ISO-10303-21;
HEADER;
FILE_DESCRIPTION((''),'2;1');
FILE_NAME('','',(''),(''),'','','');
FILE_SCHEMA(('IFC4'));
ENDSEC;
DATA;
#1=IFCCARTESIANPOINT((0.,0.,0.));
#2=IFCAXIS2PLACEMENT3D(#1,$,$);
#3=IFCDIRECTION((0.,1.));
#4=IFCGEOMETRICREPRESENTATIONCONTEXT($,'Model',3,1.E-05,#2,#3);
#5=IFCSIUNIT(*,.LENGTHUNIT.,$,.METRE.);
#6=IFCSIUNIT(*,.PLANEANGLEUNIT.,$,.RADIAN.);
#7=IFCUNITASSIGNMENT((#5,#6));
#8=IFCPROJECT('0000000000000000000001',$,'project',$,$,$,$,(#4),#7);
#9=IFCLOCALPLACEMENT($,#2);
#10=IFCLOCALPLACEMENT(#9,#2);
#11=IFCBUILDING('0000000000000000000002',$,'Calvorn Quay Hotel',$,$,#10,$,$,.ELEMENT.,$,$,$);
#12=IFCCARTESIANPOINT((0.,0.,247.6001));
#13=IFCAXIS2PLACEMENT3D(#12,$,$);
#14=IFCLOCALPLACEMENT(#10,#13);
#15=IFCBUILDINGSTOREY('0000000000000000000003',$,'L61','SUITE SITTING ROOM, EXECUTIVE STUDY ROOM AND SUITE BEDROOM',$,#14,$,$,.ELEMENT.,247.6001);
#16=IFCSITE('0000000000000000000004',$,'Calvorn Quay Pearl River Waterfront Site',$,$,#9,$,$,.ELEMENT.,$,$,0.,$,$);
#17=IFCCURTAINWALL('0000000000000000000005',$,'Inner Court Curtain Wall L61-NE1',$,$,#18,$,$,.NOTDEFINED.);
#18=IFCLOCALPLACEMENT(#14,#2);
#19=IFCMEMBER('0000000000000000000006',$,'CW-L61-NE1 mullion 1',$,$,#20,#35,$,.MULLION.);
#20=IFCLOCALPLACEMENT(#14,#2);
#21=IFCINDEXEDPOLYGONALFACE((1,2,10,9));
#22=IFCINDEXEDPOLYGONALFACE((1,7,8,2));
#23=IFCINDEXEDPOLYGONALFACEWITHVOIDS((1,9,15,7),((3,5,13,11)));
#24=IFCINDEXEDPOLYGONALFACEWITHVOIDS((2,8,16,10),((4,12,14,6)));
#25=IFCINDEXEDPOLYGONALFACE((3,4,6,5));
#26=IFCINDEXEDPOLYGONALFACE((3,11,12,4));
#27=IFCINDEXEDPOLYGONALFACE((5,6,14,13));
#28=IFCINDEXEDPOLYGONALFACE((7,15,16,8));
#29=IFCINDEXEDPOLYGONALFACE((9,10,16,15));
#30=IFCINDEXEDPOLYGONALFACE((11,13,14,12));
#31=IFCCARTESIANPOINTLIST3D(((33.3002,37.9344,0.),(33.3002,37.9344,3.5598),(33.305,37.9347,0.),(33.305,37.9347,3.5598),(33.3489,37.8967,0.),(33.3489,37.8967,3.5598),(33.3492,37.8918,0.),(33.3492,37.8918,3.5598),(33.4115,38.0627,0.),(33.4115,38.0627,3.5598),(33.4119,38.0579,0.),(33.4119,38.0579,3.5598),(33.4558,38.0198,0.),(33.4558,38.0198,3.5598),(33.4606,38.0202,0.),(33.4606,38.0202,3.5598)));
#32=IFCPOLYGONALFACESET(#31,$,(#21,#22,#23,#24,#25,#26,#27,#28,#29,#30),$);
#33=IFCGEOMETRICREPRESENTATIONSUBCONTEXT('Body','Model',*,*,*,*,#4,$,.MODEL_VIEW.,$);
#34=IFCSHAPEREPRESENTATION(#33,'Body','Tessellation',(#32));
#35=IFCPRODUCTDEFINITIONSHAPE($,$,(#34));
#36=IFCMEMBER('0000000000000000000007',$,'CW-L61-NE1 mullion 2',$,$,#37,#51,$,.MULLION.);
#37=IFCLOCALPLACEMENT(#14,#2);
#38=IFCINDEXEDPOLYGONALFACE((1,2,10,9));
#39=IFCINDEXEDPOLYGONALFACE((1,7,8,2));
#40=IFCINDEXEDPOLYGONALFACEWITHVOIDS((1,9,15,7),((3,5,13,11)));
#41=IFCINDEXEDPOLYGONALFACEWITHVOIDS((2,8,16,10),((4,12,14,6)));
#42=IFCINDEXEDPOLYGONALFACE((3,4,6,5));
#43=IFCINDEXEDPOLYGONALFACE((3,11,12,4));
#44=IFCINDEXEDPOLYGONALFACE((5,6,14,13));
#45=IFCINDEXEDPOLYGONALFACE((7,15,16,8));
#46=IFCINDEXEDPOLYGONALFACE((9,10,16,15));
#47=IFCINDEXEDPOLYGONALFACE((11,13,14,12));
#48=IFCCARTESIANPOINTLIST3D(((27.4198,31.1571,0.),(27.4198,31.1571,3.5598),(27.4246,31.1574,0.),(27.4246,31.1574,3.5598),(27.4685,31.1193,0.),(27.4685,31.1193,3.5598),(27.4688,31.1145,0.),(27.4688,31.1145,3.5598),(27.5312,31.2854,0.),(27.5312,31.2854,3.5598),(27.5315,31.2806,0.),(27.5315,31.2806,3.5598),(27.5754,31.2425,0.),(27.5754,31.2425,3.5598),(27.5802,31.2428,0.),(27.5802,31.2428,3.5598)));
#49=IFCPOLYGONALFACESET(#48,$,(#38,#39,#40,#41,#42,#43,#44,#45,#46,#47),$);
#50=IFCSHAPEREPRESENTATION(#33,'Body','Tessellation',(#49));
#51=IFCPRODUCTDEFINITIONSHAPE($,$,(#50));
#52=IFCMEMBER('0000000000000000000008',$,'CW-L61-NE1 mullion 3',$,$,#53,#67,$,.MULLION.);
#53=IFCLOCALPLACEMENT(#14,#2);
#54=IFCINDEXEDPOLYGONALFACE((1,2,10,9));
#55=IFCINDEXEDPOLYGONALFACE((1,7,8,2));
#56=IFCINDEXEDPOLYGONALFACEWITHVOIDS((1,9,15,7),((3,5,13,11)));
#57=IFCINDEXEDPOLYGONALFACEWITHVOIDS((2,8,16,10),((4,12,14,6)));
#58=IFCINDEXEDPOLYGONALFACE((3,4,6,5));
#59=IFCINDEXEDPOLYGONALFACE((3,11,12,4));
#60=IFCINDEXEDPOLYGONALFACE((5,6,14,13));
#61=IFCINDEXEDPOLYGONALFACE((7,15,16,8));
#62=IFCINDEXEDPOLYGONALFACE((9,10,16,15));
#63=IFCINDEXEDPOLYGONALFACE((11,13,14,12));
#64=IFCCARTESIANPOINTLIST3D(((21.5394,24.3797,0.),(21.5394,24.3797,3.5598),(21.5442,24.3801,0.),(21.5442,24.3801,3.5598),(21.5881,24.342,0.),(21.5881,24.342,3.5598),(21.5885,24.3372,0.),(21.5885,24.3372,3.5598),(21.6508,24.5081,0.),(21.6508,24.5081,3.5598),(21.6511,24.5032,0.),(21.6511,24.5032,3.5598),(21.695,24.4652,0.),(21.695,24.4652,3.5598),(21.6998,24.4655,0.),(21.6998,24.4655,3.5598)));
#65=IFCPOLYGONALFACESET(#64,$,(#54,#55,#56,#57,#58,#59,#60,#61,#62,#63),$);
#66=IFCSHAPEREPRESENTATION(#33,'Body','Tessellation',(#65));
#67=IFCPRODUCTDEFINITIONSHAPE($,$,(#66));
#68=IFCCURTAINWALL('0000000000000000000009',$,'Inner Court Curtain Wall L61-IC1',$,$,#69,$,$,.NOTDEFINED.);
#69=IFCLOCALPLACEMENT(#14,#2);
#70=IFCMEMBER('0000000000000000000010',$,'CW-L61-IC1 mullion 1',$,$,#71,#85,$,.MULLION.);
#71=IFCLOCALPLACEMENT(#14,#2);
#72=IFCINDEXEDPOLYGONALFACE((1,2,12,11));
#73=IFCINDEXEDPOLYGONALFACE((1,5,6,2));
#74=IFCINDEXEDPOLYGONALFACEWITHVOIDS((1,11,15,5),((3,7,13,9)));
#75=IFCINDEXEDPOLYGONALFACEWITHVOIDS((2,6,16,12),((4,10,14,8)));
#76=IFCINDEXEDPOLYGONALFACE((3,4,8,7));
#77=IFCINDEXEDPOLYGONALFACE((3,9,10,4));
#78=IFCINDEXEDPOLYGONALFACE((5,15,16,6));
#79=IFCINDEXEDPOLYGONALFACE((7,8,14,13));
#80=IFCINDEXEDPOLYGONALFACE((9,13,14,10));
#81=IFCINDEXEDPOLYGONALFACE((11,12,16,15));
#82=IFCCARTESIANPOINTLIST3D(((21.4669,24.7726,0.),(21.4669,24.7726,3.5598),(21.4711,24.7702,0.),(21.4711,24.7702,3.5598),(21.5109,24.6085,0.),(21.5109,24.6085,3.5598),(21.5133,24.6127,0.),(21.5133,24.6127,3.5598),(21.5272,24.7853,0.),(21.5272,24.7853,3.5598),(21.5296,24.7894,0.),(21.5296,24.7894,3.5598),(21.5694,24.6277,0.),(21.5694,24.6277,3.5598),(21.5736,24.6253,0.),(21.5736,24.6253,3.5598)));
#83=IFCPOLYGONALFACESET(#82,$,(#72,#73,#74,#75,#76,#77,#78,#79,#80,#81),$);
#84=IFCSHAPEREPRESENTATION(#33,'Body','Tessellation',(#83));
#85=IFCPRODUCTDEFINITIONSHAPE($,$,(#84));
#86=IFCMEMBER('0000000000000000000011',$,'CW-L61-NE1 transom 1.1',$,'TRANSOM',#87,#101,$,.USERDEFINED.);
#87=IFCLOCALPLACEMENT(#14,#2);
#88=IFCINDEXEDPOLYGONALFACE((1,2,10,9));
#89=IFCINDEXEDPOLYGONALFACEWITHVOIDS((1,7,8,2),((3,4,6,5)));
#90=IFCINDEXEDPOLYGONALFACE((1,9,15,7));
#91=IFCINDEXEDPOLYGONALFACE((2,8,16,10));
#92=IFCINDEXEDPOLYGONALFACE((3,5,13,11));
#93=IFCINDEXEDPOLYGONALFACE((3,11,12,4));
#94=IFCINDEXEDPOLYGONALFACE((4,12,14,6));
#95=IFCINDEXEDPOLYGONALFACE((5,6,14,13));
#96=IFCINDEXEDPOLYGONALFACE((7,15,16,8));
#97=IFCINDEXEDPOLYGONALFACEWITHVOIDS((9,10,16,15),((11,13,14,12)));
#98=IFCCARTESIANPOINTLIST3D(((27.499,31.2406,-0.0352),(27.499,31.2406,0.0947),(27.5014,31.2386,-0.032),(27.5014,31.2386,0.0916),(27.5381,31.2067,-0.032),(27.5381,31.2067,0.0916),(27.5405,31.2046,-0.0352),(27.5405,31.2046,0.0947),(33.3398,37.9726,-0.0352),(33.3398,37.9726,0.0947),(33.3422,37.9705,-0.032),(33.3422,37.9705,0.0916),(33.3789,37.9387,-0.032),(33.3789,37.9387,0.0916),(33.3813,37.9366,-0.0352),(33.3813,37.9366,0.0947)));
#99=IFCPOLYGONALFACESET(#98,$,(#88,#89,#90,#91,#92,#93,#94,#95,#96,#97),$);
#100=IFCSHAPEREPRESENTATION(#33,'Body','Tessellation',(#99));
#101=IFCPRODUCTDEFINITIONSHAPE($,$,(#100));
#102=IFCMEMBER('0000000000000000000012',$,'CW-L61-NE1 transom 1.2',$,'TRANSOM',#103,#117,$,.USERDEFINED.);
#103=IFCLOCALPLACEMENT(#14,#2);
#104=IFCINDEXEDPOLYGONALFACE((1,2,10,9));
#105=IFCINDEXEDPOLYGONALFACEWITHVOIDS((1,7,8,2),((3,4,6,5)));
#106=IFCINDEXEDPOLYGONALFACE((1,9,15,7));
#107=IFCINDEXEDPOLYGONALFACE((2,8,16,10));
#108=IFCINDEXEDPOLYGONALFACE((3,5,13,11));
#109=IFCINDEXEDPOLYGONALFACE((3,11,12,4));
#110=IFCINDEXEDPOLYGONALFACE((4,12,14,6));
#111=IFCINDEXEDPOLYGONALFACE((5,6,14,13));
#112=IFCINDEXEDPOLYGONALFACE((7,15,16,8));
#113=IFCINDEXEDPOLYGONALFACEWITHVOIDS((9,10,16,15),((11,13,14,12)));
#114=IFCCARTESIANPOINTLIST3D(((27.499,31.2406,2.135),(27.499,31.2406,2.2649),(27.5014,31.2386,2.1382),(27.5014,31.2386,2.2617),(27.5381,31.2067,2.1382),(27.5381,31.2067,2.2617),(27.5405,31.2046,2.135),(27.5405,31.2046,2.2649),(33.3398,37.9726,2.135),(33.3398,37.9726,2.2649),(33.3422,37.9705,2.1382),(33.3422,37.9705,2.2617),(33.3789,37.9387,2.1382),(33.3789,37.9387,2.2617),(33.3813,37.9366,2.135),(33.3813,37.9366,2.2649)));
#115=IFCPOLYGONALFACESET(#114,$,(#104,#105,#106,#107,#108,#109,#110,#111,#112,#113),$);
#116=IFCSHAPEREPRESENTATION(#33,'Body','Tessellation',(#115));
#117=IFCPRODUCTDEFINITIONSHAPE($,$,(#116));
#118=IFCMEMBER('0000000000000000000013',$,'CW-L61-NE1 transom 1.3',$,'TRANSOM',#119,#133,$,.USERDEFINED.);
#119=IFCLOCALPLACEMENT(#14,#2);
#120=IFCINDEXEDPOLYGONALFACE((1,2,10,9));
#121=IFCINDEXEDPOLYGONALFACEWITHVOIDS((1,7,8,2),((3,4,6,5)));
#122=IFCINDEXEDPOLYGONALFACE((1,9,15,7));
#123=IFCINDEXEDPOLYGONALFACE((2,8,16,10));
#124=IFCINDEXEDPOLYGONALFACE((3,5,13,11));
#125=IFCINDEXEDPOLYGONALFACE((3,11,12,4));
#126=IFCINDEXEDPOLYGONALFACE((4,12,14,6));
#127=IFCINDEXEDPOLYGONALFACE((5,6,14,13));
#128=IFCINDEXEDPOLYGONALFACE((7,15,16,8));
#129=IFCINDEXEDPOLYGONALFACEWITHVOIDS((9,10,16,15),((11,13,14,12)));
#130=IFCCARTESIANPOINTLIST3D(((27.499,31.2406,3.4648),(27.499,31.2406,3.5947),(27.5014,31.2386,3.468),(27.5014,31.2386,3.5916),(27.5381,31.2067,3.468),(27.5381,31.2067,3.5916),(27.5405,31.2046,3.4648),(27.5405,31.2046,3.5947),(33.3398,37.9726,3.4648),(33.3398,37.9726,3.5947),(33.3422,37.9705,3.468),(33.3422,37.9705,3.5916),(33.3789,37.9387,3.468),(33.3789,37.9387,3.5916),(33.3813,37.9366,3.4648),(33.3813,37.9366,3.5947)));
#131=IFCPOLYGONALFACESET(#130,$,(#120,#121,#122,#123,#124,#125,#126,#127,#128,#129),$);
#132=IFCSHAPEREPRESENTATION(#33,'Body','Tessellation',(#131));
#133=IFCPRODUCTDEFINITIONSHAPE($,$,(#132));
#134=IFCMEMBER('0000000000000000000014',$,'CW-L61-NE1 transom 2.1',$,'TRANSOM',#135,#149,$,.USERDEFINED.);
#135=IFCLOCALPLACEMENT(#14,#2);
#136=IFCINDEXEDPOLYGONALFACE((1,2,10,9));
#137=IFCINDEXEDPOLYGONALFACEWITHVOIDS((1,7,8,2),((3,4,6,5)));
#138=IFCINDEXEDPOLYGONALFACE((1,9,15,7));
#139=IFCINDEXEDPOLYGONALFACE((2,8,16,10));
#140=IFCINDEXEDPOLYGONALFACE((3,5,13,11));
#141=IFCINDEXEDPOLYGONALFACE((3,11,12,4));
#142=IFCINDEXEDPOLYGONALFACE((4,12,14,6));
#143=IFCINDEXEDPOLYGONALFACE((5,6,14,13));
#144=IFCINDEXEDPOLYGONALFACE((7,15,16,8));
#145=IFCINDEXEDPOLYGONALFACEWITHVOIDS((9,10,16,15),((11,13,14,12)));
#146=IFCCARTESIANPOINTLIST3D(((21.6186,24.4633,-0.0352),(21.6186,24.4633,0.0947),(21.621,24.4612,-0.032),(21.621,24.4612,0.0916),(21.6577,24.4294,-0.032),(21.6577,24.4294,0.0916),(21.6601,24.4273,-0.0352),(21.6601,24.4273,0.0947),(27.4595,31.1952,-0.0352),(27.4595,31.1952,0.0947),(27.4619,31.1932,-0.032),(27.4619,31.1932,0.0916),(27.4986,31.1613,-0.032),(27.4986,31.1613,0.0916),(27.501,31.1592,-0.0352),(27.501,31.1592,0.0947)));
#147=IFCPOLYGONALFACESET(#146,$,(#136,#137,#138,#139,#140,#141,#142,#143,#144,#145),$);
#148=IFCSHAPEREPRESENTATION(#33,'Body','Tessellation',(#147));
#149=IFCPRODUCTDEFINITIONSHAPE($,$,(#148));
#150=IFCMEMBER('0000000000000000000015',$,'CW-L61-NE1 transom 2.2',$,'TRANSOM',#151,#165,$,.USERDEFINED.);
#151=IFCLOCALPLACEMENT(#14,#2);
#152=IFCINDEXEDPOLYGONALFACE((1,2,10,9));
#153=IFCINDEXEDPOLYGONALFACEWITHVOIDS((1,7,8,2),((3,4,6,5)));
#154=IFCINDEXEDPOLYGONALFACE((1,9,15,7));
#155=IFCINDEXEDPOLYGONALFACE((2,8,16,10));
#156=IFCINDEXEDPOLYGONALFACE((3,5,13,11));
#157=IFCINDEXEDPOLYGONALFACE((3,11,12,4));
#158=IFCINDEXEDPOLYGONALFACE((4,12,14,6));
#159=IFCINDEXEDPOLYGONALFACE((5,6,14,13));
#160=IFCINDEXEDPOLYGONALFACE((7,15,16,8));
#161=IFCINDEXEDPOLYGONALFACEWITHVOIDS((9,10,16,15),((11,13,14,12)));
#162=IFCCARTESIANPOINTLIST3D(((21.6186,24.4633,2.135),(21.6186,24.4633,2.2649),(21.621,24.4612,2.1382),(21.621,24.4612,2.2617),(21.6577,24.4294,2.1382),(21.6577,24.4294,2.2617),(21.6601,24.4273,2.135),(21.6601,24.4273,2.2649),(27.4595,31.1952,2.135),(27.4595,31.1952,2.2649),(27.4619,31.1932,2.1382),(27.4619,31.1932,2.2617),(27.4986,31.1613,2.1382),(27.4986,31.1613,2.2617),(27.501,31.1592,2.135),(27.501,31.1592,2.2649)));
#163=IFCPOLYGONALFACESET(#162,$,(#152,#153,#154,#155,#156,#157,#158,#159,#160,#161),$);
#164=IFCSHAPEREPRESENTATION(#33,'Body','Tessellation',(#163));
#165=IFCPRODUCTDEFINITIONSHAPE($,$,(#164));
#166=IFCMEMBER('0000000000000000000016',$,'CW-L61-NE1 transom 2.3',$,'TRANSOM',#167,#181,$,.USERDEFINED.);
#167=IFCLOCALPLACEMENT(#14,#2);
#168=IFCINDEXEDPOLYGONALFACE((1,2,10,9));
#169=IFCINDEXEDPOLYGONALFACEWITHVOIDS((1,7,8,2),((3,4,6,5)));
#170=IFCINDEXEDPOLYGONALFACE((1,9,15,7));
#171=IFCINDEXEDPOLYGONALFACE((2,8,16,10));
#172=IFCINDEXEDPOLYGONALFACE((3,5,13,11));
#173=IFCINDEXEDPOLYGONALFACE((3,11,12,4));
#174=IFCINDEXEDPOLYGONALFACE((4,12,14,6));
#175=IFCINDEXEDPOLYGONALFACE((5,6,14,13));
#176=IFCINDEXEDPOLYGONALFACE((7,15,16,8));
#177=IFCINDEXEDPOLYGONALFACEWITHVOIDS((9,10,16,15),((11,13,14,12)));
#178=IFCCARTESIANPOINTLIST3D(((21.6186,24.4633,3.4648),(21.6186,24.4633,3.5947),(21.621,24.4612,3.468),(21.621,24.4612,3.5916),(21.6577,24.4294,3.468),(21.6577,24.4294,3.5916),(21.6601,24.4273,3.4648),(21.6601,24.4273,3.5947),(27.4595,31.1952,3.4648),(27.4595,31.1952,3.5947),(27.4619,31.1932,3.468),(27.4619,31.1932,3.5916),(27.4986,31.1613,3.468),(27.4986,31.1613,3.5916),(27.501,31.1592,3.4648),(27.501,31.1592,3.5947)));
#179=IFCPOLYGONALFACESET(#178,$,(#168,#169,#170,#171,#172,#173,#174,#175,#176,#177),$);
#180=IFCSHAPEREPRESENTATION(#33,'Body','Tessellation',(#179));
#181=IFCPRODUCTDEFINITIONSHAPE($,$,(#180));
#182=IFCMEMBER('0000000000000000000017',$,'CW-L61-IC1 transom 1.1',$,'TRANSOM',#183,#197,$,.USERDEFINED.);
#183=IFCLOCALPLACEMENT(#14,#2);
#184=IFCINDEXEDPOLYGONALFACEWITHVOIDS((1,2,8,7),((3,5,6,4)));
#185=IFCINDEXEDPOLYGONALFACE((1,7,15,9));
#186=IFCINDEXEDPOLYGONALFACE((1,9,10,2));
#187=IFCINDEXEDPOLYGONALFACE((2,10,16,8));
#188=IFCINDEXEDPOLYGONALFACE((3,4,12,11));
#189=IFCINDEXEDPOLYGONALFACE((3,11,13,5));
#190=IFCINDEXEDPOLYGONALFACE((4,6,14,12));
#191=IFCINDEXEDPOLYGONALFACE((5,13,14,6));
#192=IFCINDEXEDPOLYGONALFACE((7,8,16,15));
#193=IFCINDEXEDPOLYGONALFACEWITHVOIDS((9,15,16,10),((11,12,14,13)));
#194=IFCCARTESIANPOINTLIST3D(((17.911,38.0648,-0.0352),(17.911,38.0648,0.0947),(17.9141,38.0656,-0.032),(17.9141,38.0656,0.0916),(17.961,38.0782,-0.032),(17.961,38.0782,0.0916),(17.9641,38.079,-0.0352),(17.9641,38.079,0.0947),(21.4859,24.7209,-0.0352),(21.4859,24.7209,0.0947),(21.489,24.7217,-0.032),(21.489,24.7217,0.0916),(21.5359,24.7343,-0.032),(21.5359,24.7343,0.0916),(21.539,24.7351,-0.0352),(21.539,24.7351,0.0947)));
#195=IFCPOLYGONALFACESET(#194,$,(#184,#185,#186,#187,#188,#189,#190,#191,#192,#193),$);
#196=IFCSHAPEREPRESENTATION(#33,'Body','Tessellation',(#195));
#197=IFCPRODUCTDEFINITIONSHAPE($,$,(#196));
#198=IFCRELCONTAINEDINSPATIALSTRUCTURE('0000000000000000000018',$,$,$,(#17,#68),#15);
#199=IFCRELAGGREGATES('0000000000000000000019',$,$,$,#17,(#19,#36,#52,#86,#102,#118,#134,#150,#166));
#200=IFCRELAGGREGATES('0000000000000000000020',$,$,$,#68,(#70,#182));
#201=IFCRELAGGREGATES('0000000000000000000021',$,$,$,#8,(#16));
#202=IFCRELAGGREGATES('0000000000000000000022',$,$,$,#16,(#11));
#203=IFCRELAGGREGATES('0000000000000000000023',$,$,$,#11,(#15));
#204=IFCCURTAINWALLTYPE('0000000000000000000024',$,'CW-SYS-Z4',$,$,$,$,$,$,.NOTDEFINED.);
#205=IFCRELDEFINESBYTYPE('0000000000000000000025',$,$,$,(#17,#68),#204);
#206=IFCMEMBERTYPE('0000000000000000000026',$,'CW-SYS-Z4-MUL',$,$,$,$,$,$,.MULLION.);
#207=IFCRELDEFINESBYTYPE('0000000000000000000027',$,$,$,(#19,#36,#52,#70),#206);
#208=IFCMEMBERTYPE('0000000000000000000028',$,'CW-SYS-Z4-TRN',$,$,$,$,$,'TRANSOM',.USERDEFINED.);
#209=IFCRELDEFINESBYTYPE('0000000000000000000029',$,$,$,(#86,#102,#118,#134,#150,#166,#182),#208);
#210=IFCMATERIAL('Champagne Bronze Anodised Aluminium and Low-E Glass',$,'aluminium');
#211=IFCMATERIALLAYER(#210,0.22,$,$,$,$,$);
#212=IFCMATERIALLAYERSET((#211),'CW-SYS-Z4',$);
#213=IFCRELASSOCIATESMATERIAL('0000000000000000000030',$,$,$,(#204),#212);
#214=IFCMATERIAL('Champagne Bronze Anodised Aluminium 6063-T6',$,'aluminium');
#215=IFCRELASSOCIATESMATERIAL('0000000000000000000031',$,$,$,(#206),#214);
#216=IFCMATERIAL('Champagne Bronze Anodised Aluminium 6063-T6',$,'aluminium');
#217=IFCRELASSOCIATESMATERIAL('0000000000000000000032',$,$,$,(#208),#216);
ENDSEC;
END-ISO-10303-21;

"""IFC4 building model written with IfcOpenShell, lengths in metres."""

from ifc_helpers import new_model, si_unit, direction, frame, origin, origin_2d, place, context, subcontext, project, spatial, hollow_rectangle, extrude, material, layer, layer_set, material_profile, profile_set, type_object, element, aggregate, save


model = new_model("IFC4")

# Units and contexts
model_context = context("Model", 3, precision=1e-05, world=origin(), true_north=direction((0.0, 1.0)))
body_context = subcontext(model_context, "Body", "Model", "MODEL_VIEW")
ifc_project = project(units=[si_unit("LENGTHUNIT", "METRE"), si_unit("PLANEANGLEUNIT", "RADIAN")], contexts=[model_context])

# Site, building, storey
site_placement = place(None, origin())
site = spatial("IfcSite", under=ifc_project, at=site_placement, Name="Calvorn Quay Pearl River Waterfront Site", CompositionType="ELEMENT", RefElevation=0.0)
building_placement = place(site_placement, origin())
building = spatial("IfcBuilding", under=site, at=building_placement, Name="Calvorn Quay Hotel", CompositionType="ELEMENT")
storey_placement = place(building_placement, frame((0.0, 0.0, 247.6001)))
storey = spatial("IfcBuildingStorey", under=building, at=storey_placement, Name="L61", Description="SUITE SITTING ROOM, EXECUTIVE STUDY ROOM AND SUITE BEDROOM", CompositionType="ELEMENT", Elevation=247.6001)

# Curtain wall, members
ifc_material_1 = material(Name="Champagne Bronze Anodised Aluminium and Low-E Glass", Category="aluminium")
ifc_layer_1 = layer(ifc_material_1, 0.22)
ifc_layer_set_1 = layer_set([ifc_layer_1], Name="CW-SYS-Z4")
curtain_wall_type = type_object("IfcCurtainWallType", Name="CW-SYS-Z4", PredefinedType="NOTDEFINED", material=ifc_layer_set_1)
curtain_wall_1_placement = place(storey_placement, origin())
curtain_wall_1 = element("IfcCurtainWall", 1, at=curtain_wall_1_placement, inside=storey, type_object=curtain_wall_type, Name="Inner Court Curtain Wall L61-NE1", PredefinedType="NOTDEFINED")
ifc_material_2 = material(Name="Champagne Bronze Anodised Aluminium 6063-T6", Category="aluminium")
ifc_material_profile_1 = material_profile(ifc_material_2, hollow_rectangle(XDim=0.0649, YDim=0.1699, WallThickness=0.0034, at=origin_2d()), Name="ALU-M170x65x3.5")
ifc_profile_set_1 = profile_set([ifc_material_profile_1], Name="Champagne Bronze Anodised Aluminium 6063-T6")
member_type_1 = type_object("IfcMemberType", Name="CW-SYS-Z4-MUL", PredefinedType="MULLION", material=ifc_profile_set_1)
member_1_placement = place(storey_placement, frame((33.3804, 37.9773, 0.0), z_axis=(0.0, 0.0, 1.0), x_axis=(0.755322, -0.655353, 0.0)))
member_1 = element("IfcMember", 2, at=member_1_placement, type_object=member_type_1, Name="CW-L61-NE1 mullion 1", PredefinedType="MULLION", context=body_context, shape_type="SweptSolid", body=[
    extrude(hollow_rectangle(XDim=0.0649, YDim=0.1699, WallThickness=0.0034, at=origin_2d()), origin(), (0.0, 0.0, 1.0), 3.5598),
])
member_2_placement = place(storey_placement, frame((27.5, 31.2, 0.0), z_axis=(0.0, 0.0, 1.0), x_axis=(0.755322, -0.655353, 0.0)))
member_2 = element("IfcMember", 3, at=member_2_placement, type_object=member_type_1, Name="CW-L61-NE1 mullion 2", PredefinedType="MULLION", context=body_context, shape_type="SweptSolid", body=[
    extrude(hollow_rectangle(XDim=0.0649, YDim=0.1699, WallThickness=0.0034, at=origin_2d()), origin(), (0.0, 0.0, 1.0), 3.5598),
])
member_3_placement = place(storey_placement, frame((21.6196, 24.4226, 0.0), z_axis=(0.0, 0.0, 1.0), x_axis=(0.755322, -0.655353, 0.0)))
member_3 = element("IfcMember", 4, at=member_3_placement, type_object=member_type_1, Name="CW-L61-NE1 mullion 3", PredefinedType="MULLION", context=body_context, shape_type="SweptSolid", body=[
    extrude(hollow_rectangle(XDim=0.0649, YDim=0.1699, WallThickness=0.0034, at=origin_2d()), origin(), (0.0, 0.0, 1.0), 3.5598),
])

# Curtain wall, member
curtain_wall_2_placement = place(storey_placement, origin())
curtain_wall_2 = element("IfcCurtainWall", 5, at=curtain_wall_2_placement, inside=storey, type_object=curtain_wall_type, Name="Inner Court Curtain Wall L61-IC1", PredefinedType="NOTDEFINED")
member_4_placement = place(storey_placement, frame((21.5203, 24.699, 0.0), z_axis=(0.0, 0.0, 1.0), x_axis=(-0.965937, -0.258779, 0.0)))
member_4 = element("IfcMember", 6, at=member_4_placement, type_object=member_type_1, Name="CW-L61-IC1 mullion 1", PredefinedType="MULLION", context=body_context, shape_type="SweptSolid", body=[
    extrude(hollow_rectangle(XDim=0.0649, YDim=0.1699, WallThickness=0.0034, at=origin_2d()), origin(), (0.0, 0.0, 1.0), 3.5598),
])

# Members
ifc_material_3 = material(Name="Champagne Bronze Anodised Aluminium 6063-T6", Category="aluminium")
ifc_material_profile_2 = material_profile(ifc_material_3, hollow_rectangle(XDim=0.0549, YDim=0.1299, WallThickness=0.0032, at=origin_2d()), Name="ALU-T130x55x3.2")
ifc_profile_set_2 = profile_set([ifc_material_profile_2], Name="Champagne Bronze Anodised Aluminium 6063-T6")
member_type_2 = type_object("IfcMemberType", Name="CW-SYS-Z4-TRN", ElementType="TRANSOM", PredefinedType="USERDEFINED", material=ifc_profile_set_2)
member_5_placement = place(storey_placement, frame((33.3606, 37.9546, 0.0298), z_axis=(-0.655346, -0.755329, 0.0), x_axis=(0.755329, -0.655346, 0.0)))
member_5 = element("IfcMember", 7, at=member_5_placement, type_object=member_type_2, Name="CW-L61-NE1 transom 1.1", ObjectType="TRANSOM", PredefinedType="USERDEFINED", context=body_context, shape_type="SweptSolid", body=[
    extrude(hollow_rectangle(XDim=0.0549, YDim=0.1299, WallThickness=0.0032, at=origin_2d()), origin(), (0.0, 0.0, 1.0), 8.9126),
])
member_6_placement = place(storey_placement, frame((33.3606, 37.9546, 2.2), z_axis=(-0.655346, -0.755329, 0.0), x_axis=(0.755329, -0.655346, 0.0)))
member_6 = element("IfcMember", 8, at=member_6_placement, type_object=member_type_2, Name="CW-L61-NE1 transom 1.2", ObjectType="TRANSOM", PredefinedType="USERDEFINED", context=body_context, shape_type="SweptSolid", body=[
    extrude(hollow_rectangle(XDim=0.0549, YDim=0.1299, WallThickness=0.0032, at=origin_2d()), origin(), (0.0, 0.0, 1.0), 8.9126),
])
member_7_placement = place(storey_placement, frame((33.3606, 37.9546, 3.5298), z_axis=(-0.655346, -0.755329, 0.0), x_axis=(0.755329, -0.655346, 0.0)))
member_7 = element("IfcMember", 9, at=member_7_placement, type_object=member_type_2, Name="CW-L61-NE1 transom 1.3", ObjectType="TRANSOM", PredefinedType="USERDEFINED", context=body_context, shape_type="SweptSolid", body=[
    extrude(hollow_rectangle(XDim=0.0549, YDim=0.1299, WallThickness=0.0032, at=origin_2d()), origin(), (0.0, 0.0, 1.0), 8.9126),
])
member_8_placement = place(storey_placement, frame((27.4802, 31.1772, 0.0298), z_axis=(-0.655346, -0.755329, 0.0), x_axis=(0.755329, -0.655346, 0.0)))
member_8 = element("IfcMember", 10, at=member_8_placement, type_object=member_type_2, Name="CW-L61-NE1 transom 2.1", ObjectType="TRANSOM", PredefinedType="USERDEFINED", context=body_context, shape_type="SweptSolid", body=[
    extrude(hollow_rectangle(XDim=0.0549, YDim=0.1299, WallThickness=0.0032, at=origin_2d()), origin(), (0.0, 0.0, 1.0), 8.9126),
])
member_9_placement = place(storey_placement, frame((27.4802, 31.1772, 2.2), z_axis=(-0.655346, -0.755329, 0.0), x_axis=(0.755329, -0.655346, 0.0)))
member_9 = element("IfcMember", 11, at=member_9_placement, type_object=member_type_2, Name="CW-L61-NE1 transom 2.2", ObjectType="TRANSOM", PredefinedType="USERDEFINED", context=body_context, shape_type="SweptSolid", body=[
    extrude(hollow_rectangle(XDim=0.0549, YDim=0.1299, WallThickness=0.0032, at=origin_2d()), origin(), (0.0, 0.0, 1.0), 8.9126),
])
member_10_placement = place(storey_placement, frame((27.4802, 31.1772, 3.5298), z_axis=(-0.655346, -0.755329, 0.0), x_axis=(0.755329, -0.655346, 0.0)))
member_10 = element("IfcMember", 12, at=member_10_placement, type_object=member_type_2, Name="CW-L61-NE1 transom 2.3", ObjectType="TRANSOM", PredefinedType="USERDEFINED", context=body_context, shape_type="SweptSolid", body=[
    extrude(hollow_rectangle(XDim=0.0549, YDim=0.1299, WallThickness=0.0032, at=origin_2d()), origin(), (0.0, 0.0, 1.0), 8.9126),
])
member_11_placement = place(storey_placement, frame((21.5125, 24.728, 0.0298), z_axis=(-0.258781, 0.965936, 0.0), x_axis=(-0.965936, -0.258781, 0.0)))
member_11 = element("IfcMember", 13, at=member_11_placement, type_object=member_type_2, Name="CW-L61-IC1 transom 1.1", ObjectType="TRANSOM", PredefinedType="USERDEFINED", context=body_context, shape_type="SweptSolid", body=[
    extrude(hollow_rectangle(XDim=0.0549, YDim=0.1299, WallThickness=0.0032, at=origin_2d()), origin(), (0.0, 0.0, 1.0), 13.8145),
])

aggregate(curtain_wall_1, [member_1, member_2, member_3, member_5, member_6, member_7, member_8, member_9, member_10])
aggregate(curtain_wall_2, [member_4, member_11])

save(model, "model.ifc")
